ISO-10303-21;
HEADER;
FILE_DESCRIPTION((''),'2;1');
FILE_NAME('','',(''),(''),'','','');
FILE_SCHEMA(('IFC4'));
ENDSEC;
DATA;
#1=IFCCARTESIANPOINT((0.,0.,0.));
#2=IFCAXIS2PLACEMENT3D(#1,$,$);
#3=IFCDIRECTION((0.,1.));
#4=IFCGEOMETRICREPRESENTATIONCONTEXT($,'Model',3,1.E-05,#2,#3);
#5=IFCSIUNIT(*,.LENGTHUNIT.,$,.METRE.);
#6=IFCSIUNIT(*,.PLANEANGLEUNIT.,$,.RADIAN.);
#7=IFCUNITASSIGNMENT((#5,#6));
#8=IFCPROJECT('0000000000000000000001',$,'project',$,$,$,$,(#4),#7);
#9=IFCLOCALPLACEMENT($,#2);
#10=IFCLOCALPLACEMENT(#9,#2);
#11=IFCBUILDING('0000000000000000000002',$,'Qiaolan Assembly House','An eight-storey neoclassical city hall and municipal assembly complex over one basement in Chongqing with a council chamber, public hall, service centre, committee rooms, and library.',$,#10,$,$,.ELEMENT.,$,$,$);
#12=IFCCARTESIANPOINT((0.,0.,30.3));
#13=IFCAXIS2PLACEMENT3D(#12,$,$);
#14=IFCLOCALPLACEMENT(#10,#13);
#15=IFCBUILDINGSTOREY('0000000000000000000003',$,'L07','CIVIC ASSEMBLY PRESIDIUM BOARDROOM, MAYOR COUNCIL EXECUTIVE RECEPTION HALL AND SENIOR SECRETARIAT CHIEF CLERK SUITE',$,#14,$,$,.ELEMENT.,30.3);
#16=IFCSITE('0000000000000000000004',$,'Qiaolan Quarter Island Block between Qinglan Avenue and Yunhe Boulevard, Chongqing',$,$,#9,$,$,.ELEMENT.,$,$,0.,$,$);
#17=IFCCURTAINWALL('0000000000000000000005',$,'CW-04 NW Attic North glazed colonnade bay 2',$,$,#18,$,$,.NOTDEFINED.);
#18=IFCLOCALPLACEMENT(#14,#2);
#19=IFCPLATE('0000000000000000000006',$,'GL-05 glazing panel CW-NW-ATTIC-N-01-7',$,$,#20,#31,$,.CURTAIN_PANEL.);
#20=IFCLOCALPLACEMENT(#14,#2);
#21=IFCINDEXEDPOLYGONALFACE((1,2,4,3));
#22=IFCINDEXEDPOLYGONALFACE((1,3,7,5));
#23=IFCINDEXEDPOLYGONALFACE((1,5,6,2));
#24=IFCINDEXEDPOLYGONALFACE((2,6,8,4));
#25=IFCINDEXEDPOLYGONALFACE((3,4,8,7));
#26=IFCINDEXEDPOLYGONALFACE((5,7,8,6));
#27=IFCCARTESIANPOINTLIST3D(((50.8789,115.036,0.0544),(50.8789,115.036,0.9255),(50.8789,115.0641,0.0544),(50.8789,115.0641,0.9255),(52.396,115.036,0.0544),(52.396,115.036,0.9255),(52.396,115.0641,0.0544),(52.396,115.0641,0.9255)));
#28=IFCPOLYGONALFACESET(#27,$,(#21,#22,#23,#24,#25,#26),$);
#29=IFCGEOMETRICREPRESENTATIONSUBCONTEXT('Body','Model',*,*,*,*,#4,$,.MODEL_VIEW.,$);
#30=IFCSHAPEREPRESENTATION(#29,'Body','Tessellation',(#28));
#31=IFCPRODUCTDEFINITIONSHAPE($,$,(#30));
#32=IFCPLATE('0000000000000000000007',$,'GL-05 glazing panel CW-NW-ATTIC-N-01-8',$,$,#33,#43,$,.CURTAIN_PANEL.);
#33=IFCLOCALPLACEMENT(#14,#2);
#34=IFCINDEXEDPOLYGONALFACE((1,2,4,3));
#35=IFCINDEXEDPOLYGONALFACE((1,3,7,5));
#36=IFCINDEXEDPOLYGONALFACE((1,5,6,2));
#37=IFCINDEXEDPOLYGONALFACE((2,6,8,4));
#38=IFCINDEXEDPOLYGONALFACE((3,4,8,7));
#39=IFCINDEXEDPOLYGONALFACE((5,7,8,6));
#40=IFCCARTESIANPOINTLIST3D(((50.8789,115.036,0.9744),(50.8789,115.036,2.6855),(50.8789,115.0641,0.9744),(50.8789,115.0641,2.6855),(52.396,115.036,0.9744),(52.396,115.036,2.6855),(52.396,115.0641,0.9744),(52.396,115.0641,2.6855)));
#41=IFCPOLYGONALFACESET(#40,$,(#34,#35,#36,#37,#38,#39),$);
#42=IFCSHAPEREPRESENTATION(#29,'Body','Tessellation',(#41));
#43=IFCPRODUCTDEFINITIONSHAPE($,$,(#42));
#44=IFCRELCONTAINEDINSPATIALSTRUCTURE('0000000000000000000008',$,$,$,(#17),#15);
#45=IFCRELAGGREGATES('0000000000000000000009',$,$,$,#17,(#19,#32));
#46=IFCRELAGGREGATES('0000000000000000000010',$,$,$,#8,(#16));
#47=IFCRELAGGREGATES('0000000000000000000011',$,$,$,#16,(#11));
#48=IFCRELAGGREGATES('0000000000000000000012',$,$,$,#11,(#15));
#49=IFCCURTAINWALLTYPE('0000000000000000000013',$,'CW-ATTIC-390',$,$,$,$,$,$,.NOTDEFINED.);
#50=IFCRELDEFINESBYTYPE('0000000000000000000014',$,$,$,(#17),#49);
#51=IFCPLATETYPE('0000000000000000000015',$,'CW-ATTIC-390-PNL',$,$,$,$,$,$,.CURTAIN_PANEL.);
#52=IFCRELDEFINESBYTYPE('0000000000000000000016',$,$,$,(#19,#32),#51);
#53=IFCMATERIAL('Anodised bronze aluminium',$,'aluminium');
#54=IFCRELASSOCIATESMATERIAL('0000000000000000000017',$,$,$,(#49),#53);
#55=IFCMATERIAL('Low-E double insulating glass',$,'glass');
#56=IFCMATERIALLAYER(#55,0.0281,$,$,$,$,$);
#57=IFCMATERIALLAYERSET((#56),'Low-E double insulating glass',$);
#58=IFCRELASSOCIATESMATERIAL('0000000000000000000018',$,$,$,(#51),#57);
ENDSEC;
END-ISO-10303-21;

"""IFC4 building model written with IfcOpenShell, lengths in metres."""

from ifc_helpers import new_model, si_unit, direction, frame, frame_2d, origin, place, context, subcontext, project, spatial, rectangle, extrude, material, layer, layer_set, type_object, element, aggregate, save


model = new_model("IFC4")

# Units and contexts
model_context = context("Model", 3, precision=1e-05, world=origin(), true_north=direction((0.0, 1.0)))
body_context = subcontext(model_context, "Body", "Model", "MODEL_VIEW")
ifc_project = project(units=[si_unit("LENGTHUNIT", "METRE"), si_unit("PLANEANGLEUNIT", "RADIAN")], contexts=[model_context])

# Site, building, storey
site_placement = place(None, origin())
site = spatial("IfcSite", under=ifc_project, at=site_placement, Name="Qiaolan Quarter Island Block between Qinglan Avenue and Yunhe Boulevard, Chongqing", CompositionType="ELEMENT", RefElevation=0.0)
building_placement = place(site_placement, origin())
building = spatial("IfcBuilding", under=site, at=building_placement, Name="Qiaolan Assembly House", Description="An eight-storey neoclassical city hall and municipal assembly complex over one basement in Chongqing with a council chamber, public hall, service centre, committee rooms, and library.", CompositionType="ELEMENT")
storey_placement = place(building_placement, frame((0.0, 0.0, 30.3)))
storey = spatial("IfcBuildingStorey", under=building, at=storey_placement, Name="L07", Description="CIVIC ASSEMBLY PRESIDIUM BOARDROOM, MAYOR COUNCIL EXECUTIVE RECEPTION HALL AND SENIOR SECRETARIAT CHIEF CLERK SUITE", CompositionType="ELEMENT", Elevation=30.3)

# Curtain wall
ifc_material_1 = material(Name="Anodised bronze aluminium", Category="aluminium")
curtain_wall_type = type_object("IfcCurtainWallType", Name="CW-ATTIC-390", PredefinedType="NOTDEFINED", material=ifc_material_1)
curtain_wall_1_placement = place(storey_placement, origin())
curtain_wall_1 = element("IfcCurtainWall", 1, at=curtain_wall_1_placement, inside=storey, type_object=curtain_wall_type, Name="CW-04 NW Attic North glazed colonnade bay 2", PredefinedType="NOTDEFINED")

# Plates
ifc_material_2 = material(Name="Low-E double insulating glass", Category="glass")
ifc_layer = layer(ifc_material_2, 0.0281)
ifc_layer_set = layer_set([ifc_layer], Name="Low-E double insulating glass")
plate_type = type_object("IfcPlateType", Name="CW-ATTIC-390-PNL", PredefinedType="CURTAIN_PANEL", material=ifc_layer_set)
plate_1_placement = place(storey_placement, frame((52.396, 115.05, 0.0544), z_axis=(0.0, 0.0, 1.0), x_axis=(-1.0, 0.0, 0.0)))
plate_1 = element("IfcPlate", 2, at=plate_1_placement, type_object=plate_type, Name="GL-05 glazing panel CW-NW-ATTIC-N-01-7", PredefinedType="CURTAIN_PANEL", context=body_context, shape_type="SweptSolid", body=[
    extrude(rectangle(XDim=1.5171, YDim=0.0281, at=frame_2d((0.7585, 0.0))), origin(), (0.0, 0.0, 1.0), 0.8711),
])
plate_2_placement = place(storey_placement, frame((52.396, 115.05, 0.9744), z_axis=(0.0, 0.0, 1.0), x_axis=(-1.0, 0.0, 0.0)))
plate_2 = element("IfcPlate", 3, at=plate_2_placement, type_object=plate_type, Name="GL-05 glazing panel CW-NW-ATTIC-N-01-8", PredefinedType="CURTAIN_PANEL", context=body_context, shape_type="SweptSolid", body=[
    extrude(rectangle(XDim=1.5171, YDim=0.0281, at=frame_2d((0.7585, 0.0))), origin(), (0.0, 0.0, 1.0), 1.7112),
])
aggregate(curtain_wall_1, [plate_1, plate_2])

save(model, "model.ifc")
